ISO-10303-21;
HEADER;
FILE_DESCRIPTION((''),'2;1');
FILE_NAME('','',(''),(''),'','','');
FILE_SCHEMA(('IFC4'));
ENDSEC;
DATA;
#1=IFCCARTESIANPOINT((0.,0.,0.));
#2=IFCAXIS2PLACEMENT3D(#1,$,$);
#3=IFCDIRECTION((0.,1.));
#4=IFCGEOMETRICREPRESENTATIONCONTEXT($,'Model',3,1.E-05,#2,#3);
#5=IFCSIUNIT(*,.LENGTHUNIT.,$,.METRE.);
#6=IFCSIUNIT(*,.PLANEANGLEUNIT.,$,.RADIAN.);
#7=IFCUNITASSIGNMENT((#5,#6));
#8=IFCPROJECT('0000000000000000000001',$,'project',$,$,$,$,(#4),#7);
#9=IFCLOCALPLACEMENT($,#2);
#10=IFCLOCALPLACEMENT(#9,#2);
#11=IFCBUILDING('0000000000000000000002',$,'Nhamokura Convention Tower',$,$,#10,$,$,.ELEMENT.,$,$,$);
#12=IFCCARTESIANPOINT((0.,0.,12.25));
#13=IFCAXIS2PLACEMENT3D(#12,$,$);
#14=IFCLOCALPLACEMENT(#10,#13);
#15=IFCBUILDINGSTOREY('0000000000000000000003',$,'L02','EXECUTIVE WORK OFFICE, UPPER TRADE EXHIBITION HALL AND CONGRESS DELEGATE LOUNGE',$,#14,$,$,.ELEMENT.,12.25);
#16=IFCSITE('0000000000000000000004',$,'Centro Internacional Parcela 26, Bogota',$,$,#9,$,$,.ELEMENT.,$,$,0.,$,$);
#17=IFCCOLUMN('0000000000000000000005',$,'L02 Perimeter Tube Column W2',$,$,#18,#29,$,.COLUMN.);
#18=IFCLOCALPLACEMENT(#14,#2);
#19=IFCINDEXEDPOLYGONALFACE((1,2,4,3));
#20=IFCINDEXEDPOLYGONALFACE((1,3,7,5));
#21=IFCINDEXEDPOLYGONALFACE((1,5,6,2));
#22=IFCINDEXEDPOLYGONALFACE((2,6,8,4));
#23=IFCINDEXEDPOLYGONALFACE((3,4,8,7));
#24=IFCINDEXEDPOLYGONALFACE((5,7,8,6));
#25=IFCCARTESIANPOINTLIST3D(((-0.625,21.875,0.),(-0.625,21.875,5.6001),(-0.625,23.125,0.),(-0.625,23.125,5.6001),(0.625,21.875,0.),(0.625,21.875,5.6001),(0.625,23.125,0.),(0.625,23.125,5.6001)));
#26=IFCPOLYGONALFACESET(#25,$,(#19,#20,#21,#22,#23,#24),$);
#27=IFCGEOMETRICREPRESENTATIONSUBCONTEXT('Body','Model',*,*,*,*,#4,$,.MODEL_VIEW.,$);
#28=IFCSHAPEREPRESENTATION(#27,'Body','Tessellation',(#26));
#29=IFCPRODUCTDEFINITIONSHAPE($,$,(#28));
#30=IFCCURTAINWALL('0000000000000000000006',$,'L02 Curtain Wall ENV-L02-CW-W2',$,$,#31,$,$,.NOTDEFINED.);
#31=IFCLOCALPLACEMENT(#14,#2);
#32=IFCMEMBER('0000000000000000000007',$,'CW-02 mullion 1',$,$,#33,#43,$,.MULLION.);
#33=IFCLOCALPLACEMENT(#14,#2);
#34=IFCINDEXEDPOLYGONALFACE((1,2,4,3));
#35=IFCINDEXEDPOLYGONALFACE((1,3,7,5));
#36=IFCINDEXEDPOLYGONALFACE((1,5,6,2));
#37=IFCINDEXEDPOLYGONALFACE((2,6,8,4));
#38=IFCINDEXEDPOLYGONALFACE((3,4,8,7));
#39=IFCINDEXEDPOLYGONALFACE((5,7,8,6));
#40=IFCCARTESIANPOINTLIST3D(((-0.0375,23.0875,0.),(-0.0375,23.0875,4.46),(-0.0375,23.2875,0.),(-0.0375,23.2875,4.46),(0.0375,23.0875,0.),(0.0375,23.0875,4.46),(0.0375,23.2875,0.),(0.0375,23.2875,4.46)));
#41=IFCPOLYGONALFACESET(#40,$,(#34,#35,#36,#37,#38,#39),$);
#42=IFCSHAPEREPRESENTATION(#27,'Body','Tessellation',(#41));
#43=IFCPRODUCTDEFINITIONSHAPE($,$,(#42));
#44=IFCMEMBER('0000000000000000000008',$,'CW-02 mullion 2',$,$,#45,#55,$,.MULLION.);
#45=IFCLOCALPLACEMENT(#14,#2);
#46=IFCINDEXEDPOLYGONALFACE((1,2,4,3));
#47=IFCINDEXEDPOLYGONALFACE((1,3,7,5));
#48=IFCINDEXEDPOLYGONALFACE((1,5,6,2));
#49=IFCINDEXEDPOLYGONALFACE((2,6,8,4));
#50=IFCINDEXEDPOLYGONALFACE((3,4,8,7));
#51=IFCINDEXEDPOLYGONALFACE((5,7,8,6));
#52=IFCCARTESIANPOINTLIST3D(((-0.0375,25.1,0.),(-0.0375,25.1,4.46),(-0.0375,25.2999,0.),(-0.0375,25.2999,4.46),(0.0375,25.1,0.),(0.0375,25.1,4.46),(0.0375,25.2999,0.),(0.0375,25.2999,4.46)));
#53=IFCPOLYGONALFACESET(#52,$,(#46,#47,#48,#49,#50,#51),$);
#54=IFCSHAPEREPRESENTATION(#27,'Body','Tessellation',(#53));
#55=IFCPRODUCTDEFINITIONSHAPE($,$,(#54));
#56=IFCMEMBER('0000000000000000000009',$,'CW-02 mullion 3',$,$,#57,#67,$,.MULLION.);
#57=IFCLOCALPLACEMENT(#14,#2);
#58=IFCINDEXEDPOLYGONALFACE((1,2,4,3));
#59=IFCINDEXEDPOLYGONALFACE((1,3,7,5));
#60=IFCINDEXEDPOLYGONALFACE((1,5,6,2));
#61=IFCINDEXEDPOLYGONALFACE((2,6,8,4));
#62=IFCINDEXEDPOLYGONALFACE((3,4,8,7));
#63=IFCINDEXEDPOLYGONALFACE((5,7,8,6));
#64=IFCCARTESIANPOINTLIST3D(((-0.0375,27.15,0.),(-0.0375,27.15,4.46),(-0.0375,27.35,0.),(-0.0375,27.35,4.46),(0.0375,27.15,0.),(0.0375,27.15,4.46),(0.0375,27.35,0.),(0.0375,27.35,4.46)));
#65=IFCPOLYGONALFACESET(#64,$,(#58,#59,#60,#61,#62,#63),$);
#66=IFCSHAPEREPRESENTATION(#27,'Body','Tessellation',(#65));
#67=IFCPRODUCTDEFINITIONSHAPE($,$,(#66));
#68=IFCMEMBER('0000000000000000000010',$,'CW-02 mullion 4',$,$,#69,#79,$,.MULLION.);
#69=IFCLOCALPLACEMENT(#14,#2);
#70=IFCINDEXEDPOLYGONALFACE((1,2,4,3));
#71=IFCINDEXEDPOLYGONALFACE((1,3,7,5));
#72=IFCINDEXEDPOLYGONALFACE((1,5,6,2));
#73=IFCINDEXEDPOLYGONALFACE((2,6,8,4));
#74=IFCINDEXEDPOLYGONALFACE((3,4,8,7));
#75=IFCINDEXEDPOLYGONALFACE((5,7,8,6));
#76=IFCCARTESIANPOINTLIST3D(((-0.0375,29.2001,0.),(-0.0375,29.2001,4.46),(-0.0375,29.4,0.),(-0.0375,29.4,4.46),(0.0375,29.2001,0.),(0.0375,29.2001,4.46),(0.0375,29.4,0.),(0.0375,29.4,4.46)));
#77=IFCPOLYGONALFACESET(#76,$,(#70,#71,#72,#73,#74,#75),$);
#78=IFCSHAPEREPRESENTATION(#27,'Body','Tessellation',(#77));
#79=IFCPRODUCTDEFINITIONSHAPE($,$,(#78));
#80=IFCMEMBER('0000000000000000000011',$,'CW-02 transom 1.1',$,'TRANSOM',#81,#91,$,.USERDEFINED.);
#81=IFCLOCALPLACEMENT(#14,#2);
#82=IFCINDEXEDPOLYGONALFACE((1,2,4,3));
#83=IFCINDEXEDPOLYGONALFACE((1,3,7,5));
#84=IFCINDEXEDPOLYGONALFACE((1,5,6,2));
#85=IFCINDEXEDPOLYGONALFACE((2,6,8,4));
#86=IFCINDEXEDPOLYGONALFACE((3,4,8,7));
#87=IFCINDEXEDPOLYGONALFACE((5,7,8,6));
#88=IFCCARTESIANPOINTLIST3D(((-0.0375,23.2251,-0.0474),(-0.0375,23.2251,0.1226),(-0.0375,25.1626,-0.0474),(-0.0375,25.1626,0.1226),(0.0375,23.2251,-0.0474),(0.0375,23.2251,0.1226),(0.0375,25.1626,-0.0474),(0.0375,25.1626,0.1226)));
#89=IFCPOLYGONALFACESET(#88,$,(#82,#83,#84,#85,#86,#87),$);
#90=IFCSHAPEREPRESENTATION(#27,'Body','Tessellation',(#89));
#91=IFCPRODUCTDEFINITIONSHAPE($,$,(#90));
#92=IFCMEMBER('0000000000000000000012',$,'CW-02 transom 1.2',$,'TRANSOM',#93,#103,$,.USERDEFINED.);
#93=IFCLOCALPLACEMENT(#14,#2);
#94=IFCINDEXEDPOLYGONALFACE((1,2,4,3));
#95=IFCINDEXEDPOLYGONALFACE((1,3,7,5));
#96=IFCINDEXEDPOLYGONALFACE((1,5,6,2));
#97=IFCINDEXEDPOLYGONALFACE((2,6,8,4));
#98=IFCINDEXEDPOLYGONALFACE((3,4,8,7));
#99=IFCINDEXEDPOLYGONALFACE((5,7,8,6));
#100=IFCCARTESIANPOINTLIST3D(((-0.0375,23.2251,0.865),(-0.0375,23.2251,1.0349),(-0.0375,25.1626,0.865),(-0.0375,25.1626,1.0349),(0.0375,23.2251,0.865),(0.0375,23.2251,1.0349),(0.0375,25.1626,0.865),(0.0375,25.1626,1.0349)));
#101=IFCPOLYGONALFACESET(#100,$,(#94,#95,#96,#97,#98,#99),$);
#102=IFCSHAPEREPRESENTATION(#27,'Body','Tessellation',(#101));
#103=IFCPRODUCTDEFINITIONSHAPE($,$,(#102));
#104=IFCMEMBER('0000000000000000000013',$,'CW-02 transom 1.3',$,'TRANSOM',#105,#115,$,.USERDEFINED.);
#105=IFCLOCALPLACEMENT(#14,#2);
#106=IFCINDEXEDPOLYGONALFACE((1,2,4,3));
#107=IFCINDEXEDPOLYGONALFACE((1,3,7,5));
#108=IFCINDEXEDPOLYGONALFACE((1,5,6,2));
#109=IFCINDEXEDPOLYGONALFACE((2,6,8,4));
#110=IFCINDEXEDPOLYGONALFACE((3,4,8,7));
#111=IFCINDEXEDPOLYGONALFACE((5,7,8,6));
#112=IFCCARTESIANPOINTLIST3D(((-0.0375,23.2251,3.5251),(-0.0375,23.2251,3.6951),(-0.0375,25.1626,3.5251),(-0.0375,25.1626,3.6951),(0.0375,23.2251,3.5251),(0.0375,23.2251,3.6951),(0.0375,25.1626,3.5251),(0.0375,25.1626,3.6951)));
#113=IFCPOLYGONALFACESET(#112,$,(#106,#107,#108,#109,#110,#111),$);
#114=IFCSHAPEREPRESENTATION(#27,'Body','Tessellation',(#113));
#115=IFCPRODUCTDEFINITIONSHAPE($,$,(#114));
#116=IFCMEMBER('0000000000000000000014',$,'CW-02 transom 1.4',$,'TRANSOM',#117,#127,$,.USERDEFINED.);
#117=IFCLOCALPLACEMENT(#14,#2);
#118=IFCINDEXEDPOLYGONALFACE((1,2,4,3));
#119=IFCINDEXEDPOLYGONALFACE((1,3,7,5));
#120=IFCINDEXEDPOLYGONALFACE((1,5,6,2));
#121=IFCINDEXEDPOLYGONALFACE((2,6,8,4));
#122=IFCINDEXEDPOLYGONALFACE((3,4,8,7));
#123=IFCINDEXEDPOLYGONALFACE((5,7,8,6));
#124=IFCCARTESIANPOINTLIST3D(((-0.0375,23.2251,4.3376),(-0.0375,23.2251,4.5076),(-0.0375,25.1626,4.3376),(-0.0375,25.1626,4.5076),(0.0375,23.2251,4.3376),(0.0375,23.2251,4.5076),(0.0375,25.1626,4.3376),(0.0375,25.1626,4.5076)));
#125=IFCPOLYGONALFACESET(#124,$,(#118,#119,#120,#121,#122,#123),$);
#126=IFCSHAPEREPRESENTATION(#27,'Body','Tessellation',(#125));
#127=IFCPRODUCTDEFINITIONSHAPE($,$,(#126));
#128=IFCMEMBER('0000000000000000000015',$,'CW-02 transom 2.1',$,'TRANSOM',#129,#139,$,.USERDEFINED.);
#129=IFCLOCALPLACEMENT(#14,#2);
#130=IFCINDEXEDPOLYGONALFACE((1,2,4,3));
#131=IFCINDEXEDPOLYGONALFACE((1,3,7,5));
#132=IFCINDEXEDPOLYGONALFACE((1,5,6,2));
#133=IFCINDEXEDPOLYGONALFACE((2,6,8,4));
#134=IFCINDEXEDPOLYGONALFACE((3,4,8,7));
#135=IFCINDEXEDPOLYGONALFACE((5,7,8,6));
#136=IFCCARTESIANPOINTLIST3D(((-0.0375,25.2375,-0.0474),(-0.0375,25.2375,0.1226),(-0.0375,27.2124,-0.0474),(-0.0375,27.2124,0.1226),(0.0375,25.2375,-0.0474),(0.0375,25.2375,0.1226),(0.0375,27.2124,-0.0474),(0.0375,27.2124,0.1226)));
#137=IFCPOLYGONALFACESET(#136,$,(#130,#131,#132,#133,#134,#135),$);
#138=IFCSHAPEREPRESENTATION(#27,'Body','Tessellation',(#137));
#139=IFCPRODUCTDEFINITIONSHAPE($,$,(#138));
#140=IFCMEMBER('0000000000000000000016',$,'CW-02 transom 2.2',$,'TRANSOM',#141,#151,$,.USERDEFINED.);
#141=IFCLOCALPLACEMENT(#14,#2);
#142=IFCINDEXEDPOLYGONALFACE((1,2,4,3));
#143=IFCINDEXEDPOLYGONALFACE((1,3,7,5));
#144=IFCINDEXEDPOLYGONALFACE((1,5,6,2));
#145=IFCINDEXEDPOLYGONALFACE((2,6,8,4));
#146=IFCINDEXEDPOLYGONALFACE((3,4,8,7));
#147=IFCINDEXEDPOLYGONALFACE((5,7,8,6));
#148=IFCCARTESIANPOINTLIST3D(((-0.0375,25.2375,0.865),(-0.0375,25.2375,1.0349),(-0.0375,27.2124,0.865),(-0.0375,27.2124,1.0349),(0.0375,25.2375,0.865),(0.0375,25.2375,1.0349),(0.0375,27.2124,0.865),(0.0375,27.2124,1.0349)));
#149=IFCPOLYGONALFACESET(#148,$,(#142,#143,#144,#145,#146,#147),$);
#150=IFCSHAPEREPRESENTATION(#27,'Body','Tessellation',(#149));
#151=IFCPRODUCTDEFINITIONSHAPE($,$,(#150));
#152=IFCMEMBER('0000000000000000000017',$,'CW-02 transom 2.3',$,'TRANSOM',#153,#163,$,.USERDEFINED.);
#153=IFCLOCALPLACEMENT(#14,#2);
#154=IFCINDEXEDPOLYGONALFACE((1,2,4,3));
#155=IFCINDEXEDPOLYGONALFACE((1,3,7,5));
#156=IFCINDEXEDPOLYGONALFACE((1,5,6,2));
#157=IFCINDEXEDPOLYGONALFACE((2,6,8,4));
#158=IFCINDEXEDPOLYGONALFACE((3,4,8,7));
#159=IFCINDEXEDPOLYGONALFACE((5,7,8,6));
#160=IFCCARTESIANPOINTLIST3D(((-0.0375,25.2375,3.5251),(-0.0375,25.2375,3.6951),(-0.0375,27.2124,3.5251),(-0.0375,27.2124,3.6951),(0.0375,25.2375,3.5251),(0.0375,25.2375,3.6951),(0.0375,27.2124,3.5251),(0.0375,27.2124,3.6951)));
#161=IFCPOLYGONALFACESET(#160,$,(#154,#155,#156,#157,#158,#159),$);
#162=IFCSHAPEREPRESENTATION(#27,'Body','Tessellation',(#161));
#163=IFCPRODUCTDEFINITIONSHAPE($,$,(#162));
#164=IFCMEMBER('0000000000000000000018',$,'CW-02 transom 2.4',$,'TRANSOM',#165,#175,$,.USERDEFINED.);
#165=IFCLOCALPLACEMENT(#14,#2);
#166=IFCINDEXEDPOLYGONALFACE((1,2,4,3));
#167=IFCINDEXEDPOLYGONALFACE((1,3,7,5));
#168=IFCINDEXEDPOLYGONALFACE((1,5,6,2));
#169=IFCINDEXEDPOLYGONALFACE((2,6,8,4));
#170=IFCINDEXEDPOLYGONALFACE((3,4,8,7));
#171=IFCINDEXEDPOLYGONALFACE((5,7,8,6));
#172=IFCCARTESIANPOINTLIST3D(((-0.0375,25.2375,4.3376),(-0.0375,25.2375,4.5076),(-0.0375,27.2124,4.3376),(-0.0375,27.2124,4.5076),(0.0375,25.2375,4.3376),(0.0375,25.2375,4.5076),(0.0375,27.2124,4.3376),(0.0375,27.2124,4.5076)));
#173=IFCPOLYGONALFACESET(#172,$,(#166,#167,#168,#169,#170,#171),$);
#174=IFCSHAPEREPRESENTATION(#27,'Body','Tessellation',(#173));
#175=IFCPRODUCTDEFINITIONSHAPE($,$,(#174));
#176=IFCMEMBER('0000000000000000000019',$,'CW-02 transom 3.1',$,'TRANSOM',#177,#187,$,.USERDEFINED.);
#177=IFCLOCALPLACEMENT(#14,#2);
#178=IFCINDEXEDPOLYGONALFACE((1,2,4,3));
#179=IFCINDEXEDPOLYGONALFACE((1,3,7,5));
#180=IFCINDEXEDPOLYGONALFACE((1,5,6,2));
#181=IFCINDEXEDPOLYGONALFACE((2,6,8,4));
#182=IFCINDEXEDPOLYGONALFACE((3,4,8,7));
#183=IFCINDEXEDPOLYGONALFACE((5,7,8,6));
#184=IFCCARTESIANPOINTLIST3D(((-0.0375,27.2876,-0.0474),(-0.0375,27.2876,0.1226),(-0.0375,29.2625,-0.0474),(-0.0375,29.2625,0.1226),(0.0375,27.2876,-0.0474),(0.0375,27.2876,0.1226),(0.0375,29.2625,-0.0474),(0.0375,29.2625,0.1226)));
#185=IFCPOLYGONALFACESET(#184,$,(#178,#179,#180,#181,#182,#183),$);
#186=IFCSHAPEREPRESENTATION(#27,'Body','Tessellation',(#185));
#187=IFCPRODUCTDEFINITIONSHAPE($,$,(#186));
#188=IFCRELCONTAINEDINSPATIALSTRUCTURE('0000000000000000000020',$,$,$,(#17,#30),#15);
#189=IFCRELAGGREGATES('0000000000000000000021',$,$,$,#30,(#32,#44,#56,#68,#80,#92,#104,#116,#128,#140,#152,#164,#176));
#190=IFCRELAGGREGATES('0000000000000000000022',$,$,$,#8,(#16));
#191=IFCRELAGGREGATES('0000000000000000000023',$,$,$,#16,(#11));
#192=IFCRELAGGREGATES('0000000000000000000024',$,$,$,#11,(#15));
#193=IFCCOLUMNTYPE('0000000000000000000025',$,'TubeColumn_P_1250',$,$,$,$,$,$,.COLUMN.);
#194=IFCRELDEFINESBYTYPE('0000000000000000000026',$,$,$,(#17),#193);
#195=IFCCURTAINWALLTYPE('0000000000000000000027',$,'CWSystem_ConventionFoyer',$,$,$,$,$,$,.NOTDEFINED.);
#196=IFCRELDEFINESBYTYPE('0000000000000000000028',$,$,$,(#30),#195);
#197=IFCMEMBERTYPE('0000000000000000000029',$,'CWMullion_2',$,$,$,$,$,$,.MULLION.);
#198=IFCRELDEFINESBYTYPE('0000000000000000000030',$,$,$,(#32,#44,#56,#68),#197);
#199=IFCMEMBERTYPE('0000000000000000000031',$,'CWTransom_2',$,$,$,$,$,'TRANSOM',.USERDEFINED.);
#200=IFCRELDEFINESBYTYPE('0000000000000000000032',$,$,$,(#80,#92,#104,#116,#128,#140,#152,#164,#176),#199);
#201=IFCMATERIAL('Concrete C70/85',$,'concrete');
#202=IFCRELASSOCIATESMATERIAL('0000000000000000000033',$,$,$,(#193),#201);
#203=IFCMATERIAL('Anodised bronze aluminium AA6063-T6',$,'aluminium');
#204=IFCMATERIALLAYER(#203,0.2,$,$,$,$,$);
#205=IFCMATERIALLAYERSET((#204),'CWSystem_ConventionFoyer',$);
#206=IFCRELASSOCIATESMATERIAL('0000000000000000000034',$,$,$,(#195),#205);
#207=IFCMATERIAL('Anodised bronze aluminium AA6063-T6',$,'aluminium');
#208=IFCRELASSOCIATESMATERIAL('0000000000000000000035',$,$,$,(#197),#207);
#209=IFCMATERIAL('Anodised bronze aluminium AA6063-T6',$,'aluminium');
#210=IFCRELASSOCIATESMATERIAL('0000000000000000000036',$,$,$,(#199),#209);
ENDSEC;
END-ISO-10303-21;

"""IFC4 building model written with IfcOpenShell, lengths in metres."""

from ifc_helpers import new_model, si_unit, direction, frame, origin, origin_2d, place, context, subcontext, project, spatial, rectangle, extrude, material, layer, layer_set, material_profile, profile_set, type_object, element, aggregate, save


model = new_model("IFC4")

# Units and contexts
model_context = context("Model", 3, precision=1e-05, world=origin(), true_north=direction((0.0, 1.0)))
body_context = subcontext(model_context, "Body", "Model", "MODEL_VIEW")
ifc_project = project(units=[si_unit("LENGTHUNIT", "METRE"), si_unit("PLANEANGLEUNIT", "RADIAN")], contexts=[model_context])

# Site, building, storey
site_placement = place(None, origin())
site = spatial("IfcSite", under=ifc_project, at=site_placement, Name="Centro Internacional Parcela 26, Bogota", CompositionType="ELEMENT", RefElevation=0.0)
building_placement = place(site_placement, origin())
building = spatial("IfcBuilding", under=site, at=building_placement, Name="Nhamokura Convention Tower", CompositionType="ELEMENT")
storey_placement = place(building_placement, frame((0.0, 0.0, 12.25)))
storey = spatial("IfcBuildingStorey", under=building, at=storey_placement, Name="L02", Description="EXECUTIVE WORK OFFICE, UPPER TRADE EXHIBITION HALL AND CONGRESS DELEGATE LOUNGE", CompositionType="ELEMENT", Elevation=12.25)

# Column
ifc_material_1 = material(Name="Concrete C70/85", Category="concrete")
ifc_material_profile_1 = material_profile(ifc_material_1, rectangle(XDim=1.25, YDim=1.25, at=origin_2d()))
ifc_profile_set_1 = profile_set([ifc_material_profile_1], Name="Concrete C70/85")
column_type = type_object("IfcColumnType", Name="TubeColumn_P_1250", PredefinedType="COLUMN", material=ifc_profile_set_1)
column_placement = place(storey_placement, frame((0.0, 22.5, 0.0), z_axis=(0.0, 0.0, 1.0), x_axis=(1.0, 0.0, 0.0)))
element("IfcColumn", 1, at=column_placement, inside=storey, type_object=column_type, Name="L02 Perimeter Tube Column W2", PredefinedType="COLUMN", context=body_context, shape_type="SweptSolid", body=[
    extrude(rectangle(XDim=1.25, YDim=1.25, at=origin_2d()), origin(), (0.0, 0.0, 1.0), 5.6001),
])

# Curtain wall, members
ifc_material_2 = material(Name="Anodised bronze aluminium AA6063-T6", Category="aluminium")
ifc_layer_1 = layer(ifc_material_2, 0.2)
ifc_layer_set_1 = layer_set([ifc_layer_1], Name="CWSystem_ConventionFoyer")
curtain_wall_type = type_object("IfcCurtainWallType", Name="CWSystem_ConventionFoyer", PredefinedType="NOTDEFINED", material=ifc_layer_set_1)
curtain_wall_placement = place(storey_placement, origin())
curtain_wall = element("IfcCurtainWall", 2, at=curtain_wall_placement, inside=storey, type_object=curtain_wall_type, Name="L02 Curtain Wall ENV-L02-CW-W2", PredefinedType="NOTDEFINED")
ifc_material_3 = material(Name="Anodised bronze aluminium AA6063-T6", Category="aluminium")
ifc_material_profile_2 = material_profile(ifc_material_3, rectangle(XDim=0.075, YDim=0.2, at=origin_2d()))
ifc_profile_set_2 = profile_set([ifc_material_profile_2], Name="Anodised bronze aluminium AA6063-T6")
member_type_1 = type_object("IfcMemberType", Name="CWMullion_2", PredefinedType="MULLION", material=ifc_profile_set_2)
member_1_placement = place(storey_placement, frame((0.0, 23.1875, 0.0), z_axis=(0.0, 0.0, 1.0), x_axis=(-1.0, 0.0, 0.0)))
member_1 = element("IfcMember", 3, at=member_1_placement, type_object=member_type_1, Name="CW-02 mullion 1", PredefinedType="MULLION", context=body_context, shape_type="SweptSolid", body=[
    extrude(rectangle(XDim=0.075, YDim=0.2, at=origin_2d()), origin(), (0.0, 0.0, 1.0), 4.46),
])
member_2_placement = place(storey_placement, frame((0.0, 25.2, 0.0), z_axis=(0.0, 0.0, 1.0), x_axis=(-1.0, 0.0, 0.0)))
member_2 = element("IfcMember", 4, at=member_2_placement, type_object=member_type_1, Name="CW-02 mullion 2", PredefinedType="MULLION", context=body_context, shape_type="SweptSolid", body=[
    extrude(rectangle(XDim=0.075, YDim=0.2, at=origin_2d()), origin(), (0.0, 0.0, 1.0), 4.46),
])
member_3_placement = place(storey_placement, frame((0.0, 27.25, 0.0), z_axis=(0.0, 0.0, 1.0), x_axis=(-1.0, 0.0, 0.0)))
member_3 = element("IfcMember", 5, at=member_3_placement, type_object=member_type_1, Name="CW-02 mullion 3", PredefinedType="MULLION", context=body_context, shape_type="SweptSolid", body=[
    extrude(rectangle(XDim=0.075, YDim=0.2, at=origin_2d()), origin(), (0.0, 0.0, 1.0), 4.46),
])
member_4_placement = place(storey_placement, frame((0.0, 29.3, 0.0), z_axis=(0.0, 0.0, 1.0), x_axis=(-1.0, 0.0, 0.0)))
member_4 = element("IfcMember", 6, at=member_4_placement, type_object=member_type_1, Name="CW-02 mullion 4", PredefinedType="MULLION", context=body_context, shape_type="SweptSolid", body=[
    extrude(rectangle(XDim=0.075, YDim=0.2, at=origin_2d()), origin(), (0.0, 0.0, 1.0), 4.46),
])
ifc_material_4 = material(Name="Anodised bronze aluminium AA6063-T6", Category="aluminium")
ifc_material_profile_3 = material_profile(ifc_material_4, rectangle(XDim=0.075, YDim=0.1699, at=origin_2d()))
ifc_profile_set_3 = profile_set([ifc_material_profile_3], Name="Anodised bronze aluminium AA6063-T6")
member_type_2 = type_object("IfcMemberType", Name="CWTransom_2", ElementType="TRANSOM", PredefinedType="USERDEFINED", material=ifc_profile_set_3)
member_5_placement = place(storey_placement, frame((0.0, 23.2251, 0.0376), z_axis=(0.0, 1.0, 0.0), x_axis=(-1.0, 0.0, 0.0)))
member_5 = element("IfcMember", 7, at=member_5_placement, type_object=member_type_2, Name="CW-02 transom 1.1", ObjectType="TRANSOM", PredefinedType="USERDEFINED", context=body_context, shape_type="SweptSolid", body=[
    extrude(rectangle(XDim=0.075, YDim=0.1699, at=origin_2d()), origin(), (0.0, 0.0, 1.0), 1.9375),
])
member_6_placement = place(storey_placement, frame((0.0, 23.2251, 0.95), z_axis=(0.0, 1.0, 0.0), x_axis=(-1.0, 0.0, 0.0)))
member_6 = element("IfcMember", 8, at=member_6_placement, type_object=member_type_2, Name="CW-02 transom 1.2", ObjectType="TRANSOM", PredefinedType="USERDEFINED", context=body_context, shape_type="SweptSolid", body=[
    extrude(rectangle(XDim=0.075, YDim=0.1699, at=origin_2d()), origin(), (0.0, 0.0, 1.0), 1.9375),
])
member_7_placement = place(storey_placement, frame((0.0, 23.2251, 3.6101), z_axis=(0.0, 1.0, 0.0), x_axis=(-1.0, 0.0, 0.0)))
member_7 = element("IfcMember", 9, at=member_7_placement, type_object=member_type_2, Name="CW-02 transom 1.3", ObjectType="TRANSOM", PredefinedType="USERDEFINED", context=body_context, shape_type="SweptSolid", body=[
    extrude(rectangle(XDim=0.075, YDim=0.1699, at=origin_2d()), origin(), (0.0, 0.0, 1.0), 1.9375),
])
member_8_placement = place(storey_placement, frame((0.0, 23.2251, 4.4226), z_axis=(0.0, 1.0, 0.0), x_axis=(-1.0, 0.0, 0.0)))
member_8 = element("IfcMember", 10, at=member_8_placement, type_object=member_type_2, Name="CW-02 transom 1.4", ObjectType="TRANSOM", PredefinedType="USERDEFINED", context=body_context, shape_type="SweptSolid", body=[
    extrude(rectangle(XDim=0.075, YDim=0.1699, at=origin_2d()), origin(), (0.0, 0.0, 1.0), 1.9375),
])
member_9_placement = place(storey_placement, frame((0.0, 25.2375, 0.0376), z_axis=(0.0, 1.0, 0.0), x_axis=(-1.0, 0.0, 0.0)))
member_9 = element("IfcMember", 11, at=member_9_placement, type_object=member_type_2, Name="CW-02 transom 2.1", ObjectType="TRANSOM", PredefinedType="USERDEFINED", context=body_context, shape_type="SweptSolid", body=[
    extrude(rectangle(XDim=0.075, YDim=0.1699, at=origin_2d()), origin(), (0.0, 0.0, 1.0), 1.9749),
])
member_10_placement = place(storey_placement, frame((0.0, 25.2375, 0.95), z_axis=(0.0, 1.0, 0.0), x_axis=(-1.0, 0.0, 0.0)))
member_10 = element("IfcMember", 12, at=member_10_placement, type_object=member_type_2, Name="CW-02 transom 2.2", ObjectType="TRANSOM", PredefinedType="USERDEFINED", context=body_context, shape_type="SweptSolid", body=[
    extrude(rectangle(XDim=0.075, YDim=0.1699, at=origin_2d()), origin(), (0.0, 0.0, 1.0), 1.9749),
])
member_11_placement = place(storey_placement, frame((0.0, 25.2375, 3.6101), z_axis=(0.0, 1.0, 0.0), x_axis=(-1.0, 0.0, 0.0)))
member_11 = element("IfcMember", 13, at=member_11_placement, type_object=member_type_2, Name="CW-02 transom 2.3", ObjectType="TRANSOM", PredefinedType="USERDEFINED", context=body_context, shape_type="SweptSolid", body=[
    extrude(rectangle(XDim=0.075, YDim=0.1699, at=origin_2d()), origin(), (0.0, 0.0, 1.0), 1.9749),
])
member_12_placement = place(storey_placement, frame((0.0, 25.2375, 4.4226), z_axis=(0.0, 1.0, 0.0), x_axis=(-1.0, 0.0, 0.0)))
member_12 = element("IfcMember", 14, at=member_12_placement, type_object=member_type_2, Name="CW-02 transom 2.4", ObjectType="TRANSOM", PredefinedType="USERDEFINED", context=body_context, shape_type="SweptSolid", body=[
    extrude(rectangle(XDim=0.075, YDim=0.1699, at=origin_2d()), origin(), (0.0, 0.0, 1.0), 1.9749),
])
member_13_placement = place(storey_placement, frame((0.0, 27.2876, 0.0376), z_axis=(0.0, 1.0, 0.0), x_axis=(-1.0, 0.0, 0.0)))
member_13 = element("IfcMember", 15, at=member_13_placement, type_object=member_type_2, Name="CW-02 transom 3.1", ObjectType="TRANSOM", PredefinedType="USERDEFINED", context=body_context, shape_type="SweptSolid", body=[
    extrude(rectangle(XDim=0.075, YDim=0.1699, at=origin_2d()), origin(), (0.0, 0.0, 1.0), 1.9749),
])

aggregate(curtain_wall, [member_1, member_2, member_3, member_4, member_5, member_6, member_7, member_8, member_9, member_10, member_11, member_12, member_13])

save(model, "model.ifc")
